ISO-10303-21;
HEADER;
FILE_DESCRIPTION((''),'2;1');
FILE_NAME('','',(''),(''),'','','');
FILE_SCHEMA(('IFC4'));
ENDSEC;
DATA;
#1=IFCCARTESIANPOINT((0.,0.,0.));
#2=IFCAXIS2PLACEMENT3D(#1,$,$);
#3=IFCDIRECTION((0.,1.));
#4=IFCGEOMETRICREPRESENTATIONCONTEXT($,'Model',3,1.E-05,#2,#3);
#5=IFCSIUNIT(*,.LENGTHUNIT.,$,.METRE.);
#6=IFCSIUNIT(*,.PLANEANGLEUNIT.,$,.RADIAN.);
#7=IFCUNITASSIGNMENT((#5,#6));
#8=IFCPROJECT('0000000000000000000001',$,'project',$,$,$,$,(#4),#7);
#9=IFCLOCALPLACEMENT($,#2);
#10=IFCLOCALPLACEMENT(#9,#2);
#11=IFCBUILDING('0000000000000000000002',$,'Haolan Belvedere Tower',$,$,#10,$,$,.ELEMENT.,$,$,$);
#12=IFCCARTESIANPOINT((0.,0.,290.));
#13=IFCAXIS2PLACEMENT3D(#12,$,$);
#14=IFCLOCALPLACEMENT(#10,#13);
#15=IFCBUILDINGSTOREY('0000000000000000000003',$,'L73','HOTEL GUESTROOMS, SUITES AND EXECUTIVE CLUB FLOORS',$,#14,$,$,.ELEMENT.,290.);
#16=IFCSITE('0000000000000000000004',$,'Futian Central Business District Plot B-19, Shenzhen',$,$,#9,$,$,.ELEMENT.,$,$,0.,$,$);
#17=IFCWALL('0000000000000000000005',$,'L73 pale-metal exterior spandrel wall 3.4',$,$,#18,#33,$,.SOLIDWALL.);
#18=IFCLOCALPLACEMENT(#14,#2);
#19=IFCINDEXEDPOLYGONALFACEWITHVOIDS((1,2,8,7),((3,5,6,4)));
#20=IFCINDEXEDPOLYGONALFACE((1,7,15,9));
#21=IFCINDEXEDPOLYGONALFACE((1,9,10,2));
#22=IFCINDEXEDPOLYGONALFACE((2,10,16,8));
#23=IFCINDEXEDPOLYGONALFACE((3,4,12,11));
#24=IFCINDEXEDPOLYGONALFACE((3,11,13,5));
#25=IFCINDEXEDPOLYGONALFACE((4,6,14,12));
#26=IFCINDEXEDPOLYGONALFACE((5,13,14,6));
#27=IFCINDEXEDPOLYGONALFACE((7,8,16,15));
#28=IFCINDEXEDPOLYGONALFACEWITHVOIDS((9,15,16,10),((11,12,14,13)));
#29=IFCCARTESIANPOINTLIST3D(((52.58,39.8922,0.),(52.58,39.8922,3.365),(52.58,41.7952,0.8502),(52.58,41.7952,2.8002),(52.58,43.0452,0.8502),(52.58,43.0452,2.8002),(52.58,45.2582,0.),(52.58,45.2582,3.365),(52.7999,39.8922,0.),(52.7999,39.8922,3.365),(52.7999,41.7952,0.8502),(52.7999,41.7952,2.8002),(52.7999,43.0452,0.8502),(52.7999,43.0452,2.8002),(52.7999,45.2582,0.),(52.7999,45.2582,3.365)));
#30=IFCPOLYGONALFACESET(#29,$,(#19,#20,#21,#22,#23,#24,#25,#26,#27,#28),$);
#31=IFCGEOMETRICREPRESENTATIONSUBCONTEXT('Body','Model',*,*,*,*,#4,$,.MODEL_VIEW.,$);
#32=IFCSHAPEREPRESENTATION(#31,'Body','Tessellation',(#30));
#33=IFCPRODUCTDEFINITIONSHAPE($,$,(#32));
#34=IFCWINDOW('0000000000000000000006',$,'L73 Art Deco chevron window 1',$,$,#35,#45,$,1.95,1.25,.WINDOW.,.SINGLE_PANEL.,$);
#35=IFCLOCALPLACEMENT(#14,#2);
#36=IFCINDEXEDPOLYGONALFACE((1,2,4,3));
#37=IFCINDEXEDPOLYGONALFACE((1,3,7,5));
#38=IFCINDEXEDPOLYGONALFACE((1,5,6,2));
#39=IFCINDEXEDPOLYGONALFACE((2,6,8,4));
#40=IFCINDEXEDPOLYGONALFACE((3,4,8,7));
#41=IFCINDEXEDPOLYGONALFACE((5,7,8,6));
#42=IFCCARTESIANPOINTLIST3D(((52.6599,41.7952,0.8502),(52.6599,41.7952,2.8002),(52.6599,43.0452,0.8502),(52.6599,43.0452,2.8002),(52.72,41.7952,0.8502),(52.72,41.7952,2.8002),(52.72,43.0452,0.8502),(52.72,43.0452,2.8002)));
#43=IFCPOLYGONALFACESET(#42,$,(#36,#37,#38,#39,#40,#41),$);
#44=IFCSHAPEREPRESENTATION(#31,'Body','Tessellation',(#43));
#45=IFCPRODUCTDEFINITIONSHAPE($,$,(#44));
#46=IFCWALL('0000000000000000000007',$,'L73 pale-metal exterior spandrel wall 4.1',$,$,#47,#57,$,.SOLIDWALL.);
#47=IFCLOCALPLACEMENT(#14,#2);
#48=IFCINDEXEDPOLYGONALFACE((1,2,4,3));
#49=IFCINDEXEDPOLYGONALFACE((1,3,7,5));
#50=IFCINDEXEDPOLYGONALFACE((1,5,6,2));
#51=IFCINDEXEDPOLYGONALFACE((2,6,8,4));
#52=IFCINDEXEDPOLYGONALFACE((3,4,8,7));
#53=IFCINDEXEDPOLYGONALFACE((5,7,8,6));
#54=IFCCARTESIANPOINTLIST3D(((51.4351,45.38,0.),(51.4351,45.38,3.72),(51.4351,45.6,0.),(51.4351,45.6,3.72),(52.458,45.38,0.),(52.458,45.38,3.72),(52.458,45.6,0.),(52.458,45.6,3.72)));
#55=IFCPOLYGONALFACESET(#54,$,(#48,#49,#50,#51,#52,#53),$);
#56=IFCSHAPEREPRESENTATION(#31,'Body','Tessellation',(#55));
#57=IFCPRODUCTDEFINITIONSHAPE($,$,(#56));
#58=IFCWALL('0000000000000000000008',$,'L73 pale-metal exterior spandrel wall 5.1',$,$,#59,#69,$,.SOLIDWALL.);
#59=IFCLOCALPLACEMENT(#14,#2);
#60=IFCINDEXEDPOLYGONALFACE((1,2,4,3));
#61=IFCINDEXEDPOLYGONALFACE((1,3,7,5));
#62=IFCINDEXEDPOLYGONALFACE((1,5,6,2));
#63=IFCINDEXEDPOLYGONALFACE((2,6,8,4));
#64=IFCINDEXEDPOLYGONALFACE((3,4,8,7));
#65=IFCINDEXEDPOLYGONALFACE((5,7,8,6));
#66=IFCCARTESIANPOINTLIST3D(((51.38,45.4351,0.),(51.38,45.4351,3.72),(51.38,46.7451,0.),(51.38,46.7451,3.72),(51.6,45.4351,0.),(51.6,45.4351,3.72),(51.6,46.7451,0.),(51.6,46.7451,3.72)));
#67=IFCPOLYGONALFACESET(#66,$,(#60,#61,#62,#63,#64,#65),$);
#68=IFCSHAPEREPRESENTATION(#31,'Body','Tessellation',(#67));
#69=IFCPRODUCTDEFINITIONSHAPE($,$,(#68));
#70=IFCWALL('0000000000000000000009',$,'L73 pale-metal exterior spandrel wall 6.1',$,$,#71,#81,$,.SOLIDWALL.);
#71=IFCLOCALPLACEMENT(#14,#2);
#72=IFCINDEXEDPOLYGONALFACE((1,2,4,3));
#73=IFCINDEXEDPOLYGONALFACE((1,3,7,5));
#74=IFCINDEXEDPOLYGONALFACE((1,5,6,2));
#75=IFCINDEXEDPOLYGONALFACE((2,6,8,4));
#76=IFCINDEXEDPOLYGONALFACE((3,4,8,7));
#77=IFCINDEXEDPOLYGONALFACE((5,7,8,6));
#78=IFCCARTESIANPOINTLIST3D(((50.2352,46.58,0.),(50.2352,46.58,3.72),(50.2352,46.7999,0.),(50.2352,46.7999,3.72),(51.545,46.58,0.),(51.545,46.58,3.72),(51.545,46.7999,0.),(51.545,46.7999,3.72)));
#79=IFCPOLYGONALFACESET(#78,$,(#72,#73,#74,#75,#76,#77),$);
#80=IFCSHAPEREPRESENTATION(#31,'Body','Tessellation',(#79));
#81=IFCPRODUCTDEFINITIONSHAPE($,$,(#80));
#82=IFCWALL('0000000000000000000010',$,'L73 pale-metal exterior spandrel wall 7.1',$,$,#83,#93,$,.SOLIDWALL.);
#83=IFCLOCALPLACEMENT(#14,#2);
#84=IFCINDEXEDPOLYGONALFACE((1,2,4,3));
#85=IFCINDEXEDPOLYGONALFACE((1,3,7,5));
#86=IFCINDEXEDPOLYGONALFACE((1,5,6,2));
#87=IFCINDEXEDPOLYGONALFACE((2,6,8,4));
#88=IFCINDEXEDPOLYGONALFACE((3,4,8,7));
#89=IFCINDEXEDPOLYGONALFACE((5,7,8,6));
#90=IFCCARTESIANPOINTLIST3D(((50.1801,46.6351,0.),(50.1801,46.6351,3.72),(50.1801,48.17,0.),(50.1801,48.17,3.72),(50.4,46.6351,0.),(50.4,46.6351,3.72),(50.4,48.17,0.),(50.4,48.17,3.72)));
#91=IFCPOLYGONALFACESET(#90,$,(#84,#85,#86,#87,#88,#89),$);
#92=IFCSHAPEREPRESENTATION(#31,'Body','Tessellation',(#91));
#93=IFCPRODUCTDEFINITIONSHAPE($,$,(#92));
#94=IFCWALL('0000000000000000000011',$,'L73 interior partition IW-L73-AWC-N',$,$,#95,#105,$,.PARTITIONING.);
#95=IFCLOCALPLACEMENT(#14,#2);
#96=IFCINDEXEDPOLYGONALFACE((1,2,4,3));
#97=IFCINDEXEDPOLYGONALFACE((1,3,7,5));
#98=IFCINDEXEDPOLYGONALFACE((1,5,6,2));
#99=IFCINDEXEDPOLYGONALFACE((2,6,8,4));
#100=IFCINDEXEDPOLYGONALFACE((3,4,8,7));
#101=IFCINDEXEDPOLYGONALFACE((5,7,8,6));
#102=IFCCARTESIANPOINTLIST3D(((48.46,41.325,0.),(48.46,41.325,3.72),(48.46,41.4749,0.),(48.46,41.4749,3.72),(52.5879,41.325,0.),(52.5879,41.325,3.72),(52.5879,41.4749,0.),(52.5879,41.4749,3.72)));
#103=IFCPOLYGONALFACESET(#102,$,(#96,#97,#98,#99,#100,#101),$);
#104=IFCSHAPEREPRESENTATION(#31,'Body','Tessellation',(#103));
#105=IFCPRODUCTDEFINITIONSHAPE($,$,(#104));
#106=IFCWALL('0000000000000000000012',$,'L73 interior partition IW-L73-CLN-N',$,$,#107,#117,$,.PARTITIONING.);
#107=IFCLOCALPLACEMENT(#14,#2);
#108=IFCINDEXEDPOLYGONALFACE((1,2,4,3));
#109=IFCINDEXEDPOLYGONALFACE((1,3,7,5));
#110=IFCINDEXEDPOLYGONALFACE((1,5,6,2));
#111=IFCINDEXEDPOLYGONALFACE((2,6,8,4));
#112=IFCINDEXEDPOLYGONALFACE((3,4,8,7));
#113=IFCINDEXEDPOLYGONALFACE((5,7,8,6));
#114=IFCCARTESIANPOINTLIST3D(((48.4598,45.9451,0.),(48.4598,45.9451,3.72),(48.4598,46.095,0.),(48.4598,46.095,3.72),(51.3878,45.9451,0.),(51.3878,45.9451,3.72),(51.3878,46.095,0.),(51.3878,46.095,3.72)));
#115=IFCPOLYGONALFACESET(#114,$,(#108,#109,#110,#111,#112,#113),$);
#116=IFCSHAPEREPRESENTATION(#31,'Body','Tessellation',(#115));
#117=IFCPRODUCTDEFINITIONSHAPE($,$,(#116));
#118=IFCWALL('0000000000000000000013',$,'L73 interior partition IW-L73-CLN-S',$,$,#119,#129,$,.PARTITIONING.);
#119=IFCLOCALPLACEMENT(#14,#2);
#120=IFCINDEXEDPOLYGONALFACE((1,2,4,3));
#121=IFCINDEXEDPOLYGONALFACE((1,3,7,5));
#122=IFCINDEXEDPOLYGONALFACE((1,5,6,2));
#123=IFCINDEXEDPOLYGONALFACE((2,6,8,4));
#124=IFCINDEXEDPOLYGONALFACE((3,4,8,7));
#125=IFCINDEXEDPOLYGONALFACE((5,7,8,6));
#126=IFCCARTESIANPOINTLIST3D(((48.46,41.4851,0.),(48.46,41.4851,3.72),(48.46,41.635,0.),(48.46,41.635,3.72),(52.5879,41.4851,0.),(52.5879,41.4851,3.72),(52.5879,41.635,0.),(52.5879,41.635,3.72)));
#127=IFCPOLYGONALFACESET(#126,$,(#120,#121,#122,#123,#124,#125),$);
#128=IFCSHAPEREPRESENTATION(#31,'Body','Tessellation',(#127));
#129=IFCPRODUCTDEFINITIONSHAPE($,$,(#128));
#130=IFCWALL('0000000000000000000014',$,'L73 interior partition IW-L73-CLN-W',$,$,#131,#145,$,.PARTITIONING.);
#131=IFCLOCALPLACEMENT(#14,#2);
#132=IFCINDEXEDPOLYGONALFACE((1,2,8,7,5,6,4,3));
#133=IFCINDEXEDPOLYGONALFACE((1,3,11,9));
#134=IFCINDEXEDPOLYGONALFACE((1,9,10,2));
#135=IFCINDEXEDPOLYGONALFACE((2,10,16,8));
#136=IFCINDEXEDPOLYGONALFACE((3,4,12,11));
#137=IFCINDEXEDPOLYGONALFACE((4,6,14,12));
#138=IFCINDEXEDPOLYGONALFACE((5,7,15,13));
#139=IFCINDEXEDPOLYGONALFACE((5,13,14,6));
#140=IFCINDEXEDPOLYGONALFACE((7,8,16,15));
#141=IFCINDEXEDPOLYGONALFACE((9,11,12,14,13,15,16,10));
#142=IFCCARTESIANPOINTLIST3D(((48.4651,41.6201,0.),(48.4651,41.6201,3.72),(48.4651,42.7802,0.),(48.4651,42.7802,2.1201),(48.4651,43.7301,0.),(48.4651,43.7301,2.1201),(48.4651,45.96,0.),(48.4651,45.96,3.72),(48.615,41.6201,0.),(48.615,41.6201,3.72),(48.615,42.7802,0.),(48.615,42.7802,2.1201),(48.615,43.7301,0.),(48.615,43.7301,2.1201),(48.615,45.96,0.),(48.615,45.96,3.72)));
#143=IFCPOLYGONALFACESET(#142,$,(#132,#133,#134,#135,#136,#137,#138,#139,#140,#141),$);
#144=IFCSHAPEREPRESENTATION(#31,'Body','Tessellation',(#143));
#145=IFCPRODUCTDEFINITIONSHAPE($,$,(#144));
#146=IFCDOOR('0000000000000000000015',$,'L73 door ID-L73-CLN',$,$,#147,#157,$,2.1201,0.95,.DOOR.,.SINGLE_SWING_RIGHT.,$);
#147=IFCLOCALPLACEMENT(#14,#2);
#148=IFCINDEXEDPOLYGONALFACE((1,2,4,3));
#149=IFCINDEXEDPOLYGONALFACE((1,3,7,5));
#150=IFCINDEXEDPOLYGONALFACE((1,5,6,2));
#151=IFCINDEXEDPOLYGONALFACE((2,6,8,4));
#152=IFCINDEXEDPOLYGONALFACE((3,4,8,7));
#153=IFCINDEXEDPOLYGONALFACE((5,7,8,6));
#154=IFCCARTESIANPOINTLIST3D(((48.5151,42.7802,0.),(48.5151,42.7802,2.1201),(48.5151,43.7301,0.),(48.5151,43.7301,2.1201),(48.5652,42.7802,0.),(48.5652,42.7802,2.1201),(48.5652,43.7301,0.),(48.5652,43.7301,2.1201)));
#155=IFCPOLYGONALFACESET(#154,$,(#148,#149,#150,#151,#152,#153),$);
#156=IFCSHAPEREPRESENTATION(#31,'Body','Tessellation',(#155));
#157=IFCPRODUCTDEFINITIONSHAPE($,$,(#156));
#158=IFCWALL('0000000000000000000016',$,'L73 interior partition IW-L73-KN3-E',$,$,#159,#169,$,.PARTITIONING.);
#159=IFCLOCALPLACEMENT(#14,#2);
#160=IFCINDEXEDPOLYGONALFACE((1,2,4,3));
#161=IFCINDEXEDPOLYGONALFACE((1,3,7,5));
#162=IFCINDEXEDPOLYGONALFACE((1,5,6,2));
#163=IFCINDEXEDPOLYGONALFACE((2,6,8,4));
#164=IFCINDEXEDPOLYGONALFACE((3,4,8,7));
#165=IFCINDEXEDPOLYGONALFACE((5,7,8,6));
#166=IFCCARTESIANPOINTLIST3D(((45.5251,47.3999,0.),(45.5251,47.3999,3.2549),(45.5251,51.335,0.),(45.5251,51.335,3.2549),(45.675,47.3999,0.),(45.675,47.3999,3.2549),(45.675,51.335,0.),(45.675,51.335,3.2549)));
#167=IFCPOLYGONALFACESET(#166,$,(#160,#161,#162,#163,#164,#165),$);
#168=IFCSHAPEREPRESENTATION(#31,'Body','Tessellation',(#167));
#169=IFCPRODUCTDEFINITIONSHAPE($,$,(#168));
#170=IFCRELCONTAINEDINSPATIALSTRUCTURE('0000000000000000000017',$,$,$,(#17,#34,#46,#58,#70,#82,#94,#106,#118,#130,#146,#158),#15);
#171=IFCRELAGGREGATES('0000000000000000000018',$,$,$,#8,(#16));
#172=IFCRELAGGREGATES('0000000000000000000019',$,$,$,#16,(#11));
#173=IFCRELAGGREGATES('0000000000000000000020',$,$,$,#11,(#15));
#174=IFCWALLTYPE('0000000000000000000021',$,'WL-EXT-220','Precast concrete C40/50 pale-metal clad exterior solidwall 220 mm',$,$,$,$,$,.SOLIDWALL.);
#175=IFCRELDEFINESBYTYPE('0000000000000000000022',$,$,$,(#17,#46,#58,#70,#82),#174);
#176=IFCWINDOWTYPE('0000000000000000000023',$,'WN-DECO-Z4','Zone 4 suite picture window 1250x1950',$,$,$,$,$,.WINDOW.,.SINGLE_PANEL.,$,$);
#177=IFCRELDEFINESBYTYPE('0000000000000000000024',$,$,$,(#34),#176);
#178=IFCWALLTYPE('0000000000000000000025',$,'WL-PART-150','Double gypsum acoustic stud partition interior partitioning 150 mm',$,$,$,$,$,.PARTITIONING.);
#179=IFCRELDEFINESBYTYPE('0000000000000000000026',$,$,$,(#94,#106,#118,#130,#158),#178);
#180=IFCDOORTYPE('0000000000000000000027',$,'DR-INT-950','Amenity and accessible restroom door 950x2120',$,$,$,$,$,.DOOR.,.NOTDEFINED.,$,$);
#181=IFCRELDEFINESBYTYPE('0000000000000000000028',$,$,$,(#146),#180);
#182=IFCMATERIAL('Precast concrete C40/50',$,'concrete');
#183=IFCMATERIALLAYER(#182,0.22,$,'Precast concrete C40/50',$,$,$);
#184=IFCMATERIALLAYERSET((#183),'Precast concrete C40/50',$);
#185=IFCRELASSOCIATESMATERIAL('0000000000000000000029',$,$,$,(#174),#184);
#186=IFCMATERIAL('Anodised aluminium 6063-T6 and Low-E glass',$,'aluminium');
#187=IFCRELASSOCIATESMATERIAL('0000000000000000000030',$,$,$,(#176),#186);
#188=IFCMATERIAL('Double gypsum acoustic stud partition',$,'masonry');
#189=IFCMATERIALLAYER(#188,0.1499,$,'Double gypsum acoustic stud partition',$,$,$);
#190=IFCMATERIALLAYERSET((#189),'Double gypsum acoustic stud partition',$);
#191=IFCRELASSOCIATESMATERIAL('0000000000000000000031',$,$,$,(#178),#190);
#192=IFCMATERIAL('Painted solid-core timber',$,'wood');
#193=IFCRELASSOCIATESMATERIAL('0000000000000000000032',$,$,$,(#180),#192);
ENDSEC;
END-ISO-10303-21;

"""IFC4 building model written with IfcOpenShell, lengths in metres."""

from ifc_helpers import new_model, si_unit, direction, frame, frame_2d, origin, place, context, subcontext, project, spatial, rectangle, extrude, material, layer, layer_set, type_object, element, fill, save


model = new_model("IFC4")

# Units and contexts
model_context = context("Model", 3, precision=1e-05, world=origin(), true_north=direction((0.0, 1.0)))
body_context = subcontext(model_context, "Body", "Model", "MODEL_VIEW")
ifc_project = project(units=[si_unit("LENGTHUNIT", "METRE"), si_unit("PLANEANGLEUNIT", "RADIAN")], contexts=[model_context])

# Site, building, storey
site_placement = place(None, origin())
site = spatial("IfcSite", under=ifc_project, at=site_placement, Name="Futian Central Business District Plot B-19, Shenzhen", CompositionType="ELEMENT", RefElevation=0.0)
building_placement = place(site_placement, origin())
building = spatial("IfcBuilding", under=site, at=building_placement, Name="Haolan Belvedere Tower", CompositionType="ELEMENT")
storey_placement = place(building_placement, frame((0.0, 0.0, 290.0)))
storey = spatial("IfcBuildingStorey", under=building, at=storey_placement, Name="L73", Description="HOTEL GUESTROOMS, SUITES AND EXECUTIVE CLUB FLOORS", CompositionType="ELEMENT", Elevation=290.0)

# Wall, opening, window
ifc_material_1 = material(Name="Precast concrete C40/50", Category="concrete")
ifc_layer_1 = layer(ifc_material_1, 0.22, Name="Precast concrete C40/50")
ifc_layer_set_1 = layer_set([ifc_layer_1], Name="Precast concrete C40/50")
wall_type_1 = type_object("IfcWallType", Name="WL-EXT-220", Description="Precast concrete C40/50 pale-metal clad exterior solidwall 220 mm", PredefinedType="SOLIDWALL", material=ifc_layer_set_1)
wall_1_placement = place(storey_placement, frame((52.6899, 39.8921, 0.0), z_axis=(0.0, 0.0, 1.0), x_axis=(0.0, 1.0, 0.0)))
wall_1 = element("IfcWall", 1, at=wall_1_placement, inside=storey, type_object=wall_type_1, Name="L73 pale-metal exterior spandrel wall 3.4", PredefinedType="SOLIDWALL", context=body_context, shape_type="SweptSolid", body=[
    extrude(rectangle(XDim=5.366, YDim=0.22, at=frame_2d((2.6831, 0.0))), origin(), (0.0, 0.0, 1.0), 3.365),
])
opening_1_placement = place(wall_1_placement, frame((1.9031, 0.0, 0.8501)))
opening_1 = element("IfcOpeningElement", 2, at=opening_1_placement, cuts=wall_1, PredefinedType="OPENING", context=body_context, shape_type="SweptSolid", body=[
    extrude(rectangle(XDim=1.25, YDim=1.95, at=frame_2d((0.625, 0.9751))), frame((0.0, 0.1199, 0.0), z_axis=(0.0, -1.0, 0.0), x_axis=(1.0, 0.0, 0.0)), (0.0, 0.0, 1.0), 0.24),
])
ifc_material_2 = material(Name="Anodised aluminium 6063-T6 and Low-E glass", Category="aluminium")
window_type = type_object("IfcWindowType", Name="WN-DECO-Z4", Description="Zone 4 suite picture window 1250x1950", PartitioningType="SINGLE_PANEL", PredefinedType="WINDOW", material=ifc_material_2)
window_placement = place(opening_1_placement, origin())
window = element("IfcWindow", 3, at=window_placement, inside=storey, type_object=window_type, Name="L73 Art Deco chevron window 1", OverallHeight=1.95, OverallWidth=1.25, PartitioningType="SINGLE_PANEL", PredefinedType="WINDOW", context=body_context, shape_type="SweptSolid", body=[
    extrude(rectangle(XDim=1.25, YDim=1.95, at=frame_2d((0.625, 0.9751))), frame((0.0, 0.03, 0.0), z_axis=(0.0, -1.0, 0.0), x_axis=(1.0, 0.0, 0.0)), (0.0, 0.0, 1.0), 0.0601),
])
fill(opening_1, window)

# Walls
wall_2_placement = place(storey_placement, frame((52.458, 45.49, 0.0), z_axis=(0.0, 0.0, 1.0), x_axis=(-1.0, 0.0, 0.0)))
element("IfcWall", 4, at=wall_2_placement, inside=storey, type_object=wall_type_1, Name="L73 pale-metal exterior spandrel wall 4.1", PredefinedType="SOLIDWALL", context=body_context, shape_type="SweptSolid", body=[
    extrude(rectangle(XDim=1.0229, YDim=0.22, at=frame_2d((0.5115, 0.0))), origin(), (0.0, 0.0, 1.0), 3.72),
])
wall_3_placement = place(storey_placement, frame((51.49, 45.4351, 0.0), z_axis=(0.0, 0.0, 1.0), x_axis=(0.0, 1.0, 0.0)))
element("IfcWall", 5, at=wall_3_placement, inside=storey, type_object=wall_type_1, Name="L73 pale-metal exterior spandrel wall 5.1", PredefinedType="SOLIDWALL", context=body_context, shape_type="SweptSolid", body=[
    extrude(rectangle(XDim=1.3101, YDim=0.22, at=frame_2d((0.655, 0.0))), origin(), (0.0, 0.0, 1.0), 3.72),
])
wall_4_placement = place(storey_placement, frame((51.5449, 46.6899, 0.0), z_axis=(0.0, 0.0, 1.0), x_axis=(-1.0, 0.0, 0.0)))
element("IfcWall", 6, at=wall_4_placement, inside=storey, type_object=wall_type_1, Name="L73 pale-metal exterior spandrel wall 6.1", PredefinedType="SOLIDWALL", context=body_context, shape_type="SweptSolid", body=[
    extrude(rectangle(XDim=1.3098, YDim=0.22, at=frame_2d((0.6548, 0.0))), origin(), (0.0, 0.0, 1.0), 3.72),
])
wall_5_placement = place(storey_placement, frame((50.29, 46.635, 0.0), z_axis=(0.0, 0.0, 1.0), x_axis=(0.0, 1.0, 0.0)))
element("IfcWall", 7, at=wall_5_placement, inside=storey, type_object=wall_type_1, Name="L73 pale-metal exterior spandrel wall 7.1", PredefinedType="SOLIDWALL", context=body_context, shape_type="SweptSolid", body=[
    extrude(rectangle(XDim=1.5349, YDim=0.22, at=frame_2d((0.7676, 0.0))), origin(), (0.0, 0.0, 1.0), 3.72),
])
ifc_material_3 = material(Name="Double gypsum acoustic stud partition", Category="masonry")
ifc_layer_2 = layer(ifc_material_3, 0.1499, Name="Double gypsum acoustic stud partition")
ifc_layer_set_2 = layer_set([ifc_layer_2], Name="Double gypsum acoustic stud partition")
wall_type_2 = type_object("IfcWallType", Name="WL-PART-150", Description="Double gypsum acoustic stud partition interior partitioning 150 mm", PredefinedType="PARTITIONING", material=ifc_layer_set_2)
wall_6_placement = place(storey_placement, frame((48.46, 41.3999, 0.0), z_axis=(0.0, 0.0, 1.0), x_axis=(1.0, 0.0, 0.0)))
element("IfcWall", 8, at=wall_6_placement, inside=storey, type_object=wall_type_2, Name="L73 interior partition IW-L73-AWC-N", PredefinedType="PARTITIONING", context=body_context, shape_type="SweptSolid", body=[
    extrude(rectangle(XDim=4.1279, YDim=0.1499, at=frame_2d((2.064, 0.0))), origin(), (0.0, 0.0, 1.0), 3.72),
])
wall_7_placement = place(storey_placement, frame((48.46, 46.02, 0.0), z_axis=(0.0, 0.0, 1.0), x_axis=(1.0, 0.0, 0.0)))
element("IfcWall", 9, at=wall_7_placement, inside=storey, type_object=wall_type_2, Name="L73 interior partition IW-L73-CLN-N", PredefinedType="PARTITIONING", context=body_context, shape_type="SweptSolid", body=[
    extrude(rectangle(XDim=2.928, YDim=0.1499, at=frame_2d((1.4639, 0.0))), origin(), (0.0, 0.0, 1.0), 3.72),
])
wall_8_placement = place(storey_placement, frame((48.46, 41.5601, 0.0), z_axis=(0.0, 0.0, 1.0), x_axis=(1.0, 0.0, 0.0)))
element("IfcWall", 10, at=wall_8_placement, inside=storey, type_object=wall_type_2, Name="L73 interior partition IW-L73-CLN-S", PredefinedType="PARTITIONING", context=body_context, shape_type="SweptSolid", body=[
    extrude(rectangle(XDim=4.1279, YDim=0.1499, at=frame_2d((2.064, 0.0))), origin(), (0.0, 0.0, 1.0), 3.72),
])

# Wall, opening, door
wall_9_placement = place(storey_placement, frame((48.54, 41.6201, 0.0), z_axis=(0.0, 0.0, 1.0), x_axis=(0.0, 1.0, 0.0)))
wall_9 = element("IfcWall", 11, at=wall_9_placement, inside=storey, type_object=wall_type_2, Name="L73 interior partition IW-L73-CLN-W", PredefinedType="PARTITIONING", context=body_context, shape_type="SweptSolid", body=[
    extrude(rectangle(XDim=4.3398, YDim=0.1499, at=frame_2d((2.1699, 0.0))), origin(), (0.0, 0.0, 1.0), 3.72),
])
opening_2_placement = place(wall_9_placement, frame((1.1599, 0.0, 0.0)))
opening_2 = element("IfcOpeningElement", 12, at=opening_2_placement, cuts=wall_9, PredefinedType="OPENING", context=body_context, shape_type="SweptSolid", body=[
    extrude(rectangle(XDim=0.95, YDim=2.1201, at=frame_2d((0.4751, 1.0601))), frame((0.0, 0.085, 0.0), z_axis=(0.0, -1.0, 0.0), x_axis=(1.0, 0.0, 0.0)), (0.0, 0.0, 1.0), 0.1699),
])
ifc_material_4 = material(Name="Painted solid-core timber", Category="wood")
door_type = type_object("IfcDoorType", Name="DR-INT-950", Description="Amenity and accessible restroom door 950x2120", OperationType="NOTDEFINED", PredefinedType="DOOR", material=ifc_material_4)
door_1_placement = place(opening_2_placement, origin())
door_1 = element("IfcDoor", 13, at=door_1_placement, inside=storey, type_object=door_type, Name="L73 door ID-L73-CLN", OperationType="SINGLE_SWING_RIGHT", OverallHeight=2.1201, OverallWidth=0.95, PredefinedType="DOOR", context=body_context, shape_type="SweptSolid", body=[
    extrude(rectangle(XDim=0.95, YDim=2.1201, at=frame_2d((0.4751, 1.0601))), frame((0.0, 0.0249, 0.0), z_axis=(0.0, -1.0, 0.0), x_axis=(1.0, 0.0, 0.0)), (0.0, 0.0, 1.0), 0.05),
])
fill(opening_2, door_1)

# Wall
wall_10_placement = place(storey_placement, frame((45.6001, 47.3999, 0.0), z_axis=(0.0, 0.0, 1.0), x_axis=(0.0, 1.0, 0.0)))
element("IfcWall", 14, at=wall_10_placement, inside=storey, type_object=wall_type_2, Name="L73 interior partition IW-L73-KN3-E", PredefinedType="PARTITIONING", context=body_context, shape_type="SweptSolid", body=[
    extrude(rectangle(XDim=3.9351, YDim=0.1499, at=frame_2d((1.9675, 0.0))), origin(), (0.0, 0.0, 1.0), 3.2549),
])

save(model, "model.ifc")
